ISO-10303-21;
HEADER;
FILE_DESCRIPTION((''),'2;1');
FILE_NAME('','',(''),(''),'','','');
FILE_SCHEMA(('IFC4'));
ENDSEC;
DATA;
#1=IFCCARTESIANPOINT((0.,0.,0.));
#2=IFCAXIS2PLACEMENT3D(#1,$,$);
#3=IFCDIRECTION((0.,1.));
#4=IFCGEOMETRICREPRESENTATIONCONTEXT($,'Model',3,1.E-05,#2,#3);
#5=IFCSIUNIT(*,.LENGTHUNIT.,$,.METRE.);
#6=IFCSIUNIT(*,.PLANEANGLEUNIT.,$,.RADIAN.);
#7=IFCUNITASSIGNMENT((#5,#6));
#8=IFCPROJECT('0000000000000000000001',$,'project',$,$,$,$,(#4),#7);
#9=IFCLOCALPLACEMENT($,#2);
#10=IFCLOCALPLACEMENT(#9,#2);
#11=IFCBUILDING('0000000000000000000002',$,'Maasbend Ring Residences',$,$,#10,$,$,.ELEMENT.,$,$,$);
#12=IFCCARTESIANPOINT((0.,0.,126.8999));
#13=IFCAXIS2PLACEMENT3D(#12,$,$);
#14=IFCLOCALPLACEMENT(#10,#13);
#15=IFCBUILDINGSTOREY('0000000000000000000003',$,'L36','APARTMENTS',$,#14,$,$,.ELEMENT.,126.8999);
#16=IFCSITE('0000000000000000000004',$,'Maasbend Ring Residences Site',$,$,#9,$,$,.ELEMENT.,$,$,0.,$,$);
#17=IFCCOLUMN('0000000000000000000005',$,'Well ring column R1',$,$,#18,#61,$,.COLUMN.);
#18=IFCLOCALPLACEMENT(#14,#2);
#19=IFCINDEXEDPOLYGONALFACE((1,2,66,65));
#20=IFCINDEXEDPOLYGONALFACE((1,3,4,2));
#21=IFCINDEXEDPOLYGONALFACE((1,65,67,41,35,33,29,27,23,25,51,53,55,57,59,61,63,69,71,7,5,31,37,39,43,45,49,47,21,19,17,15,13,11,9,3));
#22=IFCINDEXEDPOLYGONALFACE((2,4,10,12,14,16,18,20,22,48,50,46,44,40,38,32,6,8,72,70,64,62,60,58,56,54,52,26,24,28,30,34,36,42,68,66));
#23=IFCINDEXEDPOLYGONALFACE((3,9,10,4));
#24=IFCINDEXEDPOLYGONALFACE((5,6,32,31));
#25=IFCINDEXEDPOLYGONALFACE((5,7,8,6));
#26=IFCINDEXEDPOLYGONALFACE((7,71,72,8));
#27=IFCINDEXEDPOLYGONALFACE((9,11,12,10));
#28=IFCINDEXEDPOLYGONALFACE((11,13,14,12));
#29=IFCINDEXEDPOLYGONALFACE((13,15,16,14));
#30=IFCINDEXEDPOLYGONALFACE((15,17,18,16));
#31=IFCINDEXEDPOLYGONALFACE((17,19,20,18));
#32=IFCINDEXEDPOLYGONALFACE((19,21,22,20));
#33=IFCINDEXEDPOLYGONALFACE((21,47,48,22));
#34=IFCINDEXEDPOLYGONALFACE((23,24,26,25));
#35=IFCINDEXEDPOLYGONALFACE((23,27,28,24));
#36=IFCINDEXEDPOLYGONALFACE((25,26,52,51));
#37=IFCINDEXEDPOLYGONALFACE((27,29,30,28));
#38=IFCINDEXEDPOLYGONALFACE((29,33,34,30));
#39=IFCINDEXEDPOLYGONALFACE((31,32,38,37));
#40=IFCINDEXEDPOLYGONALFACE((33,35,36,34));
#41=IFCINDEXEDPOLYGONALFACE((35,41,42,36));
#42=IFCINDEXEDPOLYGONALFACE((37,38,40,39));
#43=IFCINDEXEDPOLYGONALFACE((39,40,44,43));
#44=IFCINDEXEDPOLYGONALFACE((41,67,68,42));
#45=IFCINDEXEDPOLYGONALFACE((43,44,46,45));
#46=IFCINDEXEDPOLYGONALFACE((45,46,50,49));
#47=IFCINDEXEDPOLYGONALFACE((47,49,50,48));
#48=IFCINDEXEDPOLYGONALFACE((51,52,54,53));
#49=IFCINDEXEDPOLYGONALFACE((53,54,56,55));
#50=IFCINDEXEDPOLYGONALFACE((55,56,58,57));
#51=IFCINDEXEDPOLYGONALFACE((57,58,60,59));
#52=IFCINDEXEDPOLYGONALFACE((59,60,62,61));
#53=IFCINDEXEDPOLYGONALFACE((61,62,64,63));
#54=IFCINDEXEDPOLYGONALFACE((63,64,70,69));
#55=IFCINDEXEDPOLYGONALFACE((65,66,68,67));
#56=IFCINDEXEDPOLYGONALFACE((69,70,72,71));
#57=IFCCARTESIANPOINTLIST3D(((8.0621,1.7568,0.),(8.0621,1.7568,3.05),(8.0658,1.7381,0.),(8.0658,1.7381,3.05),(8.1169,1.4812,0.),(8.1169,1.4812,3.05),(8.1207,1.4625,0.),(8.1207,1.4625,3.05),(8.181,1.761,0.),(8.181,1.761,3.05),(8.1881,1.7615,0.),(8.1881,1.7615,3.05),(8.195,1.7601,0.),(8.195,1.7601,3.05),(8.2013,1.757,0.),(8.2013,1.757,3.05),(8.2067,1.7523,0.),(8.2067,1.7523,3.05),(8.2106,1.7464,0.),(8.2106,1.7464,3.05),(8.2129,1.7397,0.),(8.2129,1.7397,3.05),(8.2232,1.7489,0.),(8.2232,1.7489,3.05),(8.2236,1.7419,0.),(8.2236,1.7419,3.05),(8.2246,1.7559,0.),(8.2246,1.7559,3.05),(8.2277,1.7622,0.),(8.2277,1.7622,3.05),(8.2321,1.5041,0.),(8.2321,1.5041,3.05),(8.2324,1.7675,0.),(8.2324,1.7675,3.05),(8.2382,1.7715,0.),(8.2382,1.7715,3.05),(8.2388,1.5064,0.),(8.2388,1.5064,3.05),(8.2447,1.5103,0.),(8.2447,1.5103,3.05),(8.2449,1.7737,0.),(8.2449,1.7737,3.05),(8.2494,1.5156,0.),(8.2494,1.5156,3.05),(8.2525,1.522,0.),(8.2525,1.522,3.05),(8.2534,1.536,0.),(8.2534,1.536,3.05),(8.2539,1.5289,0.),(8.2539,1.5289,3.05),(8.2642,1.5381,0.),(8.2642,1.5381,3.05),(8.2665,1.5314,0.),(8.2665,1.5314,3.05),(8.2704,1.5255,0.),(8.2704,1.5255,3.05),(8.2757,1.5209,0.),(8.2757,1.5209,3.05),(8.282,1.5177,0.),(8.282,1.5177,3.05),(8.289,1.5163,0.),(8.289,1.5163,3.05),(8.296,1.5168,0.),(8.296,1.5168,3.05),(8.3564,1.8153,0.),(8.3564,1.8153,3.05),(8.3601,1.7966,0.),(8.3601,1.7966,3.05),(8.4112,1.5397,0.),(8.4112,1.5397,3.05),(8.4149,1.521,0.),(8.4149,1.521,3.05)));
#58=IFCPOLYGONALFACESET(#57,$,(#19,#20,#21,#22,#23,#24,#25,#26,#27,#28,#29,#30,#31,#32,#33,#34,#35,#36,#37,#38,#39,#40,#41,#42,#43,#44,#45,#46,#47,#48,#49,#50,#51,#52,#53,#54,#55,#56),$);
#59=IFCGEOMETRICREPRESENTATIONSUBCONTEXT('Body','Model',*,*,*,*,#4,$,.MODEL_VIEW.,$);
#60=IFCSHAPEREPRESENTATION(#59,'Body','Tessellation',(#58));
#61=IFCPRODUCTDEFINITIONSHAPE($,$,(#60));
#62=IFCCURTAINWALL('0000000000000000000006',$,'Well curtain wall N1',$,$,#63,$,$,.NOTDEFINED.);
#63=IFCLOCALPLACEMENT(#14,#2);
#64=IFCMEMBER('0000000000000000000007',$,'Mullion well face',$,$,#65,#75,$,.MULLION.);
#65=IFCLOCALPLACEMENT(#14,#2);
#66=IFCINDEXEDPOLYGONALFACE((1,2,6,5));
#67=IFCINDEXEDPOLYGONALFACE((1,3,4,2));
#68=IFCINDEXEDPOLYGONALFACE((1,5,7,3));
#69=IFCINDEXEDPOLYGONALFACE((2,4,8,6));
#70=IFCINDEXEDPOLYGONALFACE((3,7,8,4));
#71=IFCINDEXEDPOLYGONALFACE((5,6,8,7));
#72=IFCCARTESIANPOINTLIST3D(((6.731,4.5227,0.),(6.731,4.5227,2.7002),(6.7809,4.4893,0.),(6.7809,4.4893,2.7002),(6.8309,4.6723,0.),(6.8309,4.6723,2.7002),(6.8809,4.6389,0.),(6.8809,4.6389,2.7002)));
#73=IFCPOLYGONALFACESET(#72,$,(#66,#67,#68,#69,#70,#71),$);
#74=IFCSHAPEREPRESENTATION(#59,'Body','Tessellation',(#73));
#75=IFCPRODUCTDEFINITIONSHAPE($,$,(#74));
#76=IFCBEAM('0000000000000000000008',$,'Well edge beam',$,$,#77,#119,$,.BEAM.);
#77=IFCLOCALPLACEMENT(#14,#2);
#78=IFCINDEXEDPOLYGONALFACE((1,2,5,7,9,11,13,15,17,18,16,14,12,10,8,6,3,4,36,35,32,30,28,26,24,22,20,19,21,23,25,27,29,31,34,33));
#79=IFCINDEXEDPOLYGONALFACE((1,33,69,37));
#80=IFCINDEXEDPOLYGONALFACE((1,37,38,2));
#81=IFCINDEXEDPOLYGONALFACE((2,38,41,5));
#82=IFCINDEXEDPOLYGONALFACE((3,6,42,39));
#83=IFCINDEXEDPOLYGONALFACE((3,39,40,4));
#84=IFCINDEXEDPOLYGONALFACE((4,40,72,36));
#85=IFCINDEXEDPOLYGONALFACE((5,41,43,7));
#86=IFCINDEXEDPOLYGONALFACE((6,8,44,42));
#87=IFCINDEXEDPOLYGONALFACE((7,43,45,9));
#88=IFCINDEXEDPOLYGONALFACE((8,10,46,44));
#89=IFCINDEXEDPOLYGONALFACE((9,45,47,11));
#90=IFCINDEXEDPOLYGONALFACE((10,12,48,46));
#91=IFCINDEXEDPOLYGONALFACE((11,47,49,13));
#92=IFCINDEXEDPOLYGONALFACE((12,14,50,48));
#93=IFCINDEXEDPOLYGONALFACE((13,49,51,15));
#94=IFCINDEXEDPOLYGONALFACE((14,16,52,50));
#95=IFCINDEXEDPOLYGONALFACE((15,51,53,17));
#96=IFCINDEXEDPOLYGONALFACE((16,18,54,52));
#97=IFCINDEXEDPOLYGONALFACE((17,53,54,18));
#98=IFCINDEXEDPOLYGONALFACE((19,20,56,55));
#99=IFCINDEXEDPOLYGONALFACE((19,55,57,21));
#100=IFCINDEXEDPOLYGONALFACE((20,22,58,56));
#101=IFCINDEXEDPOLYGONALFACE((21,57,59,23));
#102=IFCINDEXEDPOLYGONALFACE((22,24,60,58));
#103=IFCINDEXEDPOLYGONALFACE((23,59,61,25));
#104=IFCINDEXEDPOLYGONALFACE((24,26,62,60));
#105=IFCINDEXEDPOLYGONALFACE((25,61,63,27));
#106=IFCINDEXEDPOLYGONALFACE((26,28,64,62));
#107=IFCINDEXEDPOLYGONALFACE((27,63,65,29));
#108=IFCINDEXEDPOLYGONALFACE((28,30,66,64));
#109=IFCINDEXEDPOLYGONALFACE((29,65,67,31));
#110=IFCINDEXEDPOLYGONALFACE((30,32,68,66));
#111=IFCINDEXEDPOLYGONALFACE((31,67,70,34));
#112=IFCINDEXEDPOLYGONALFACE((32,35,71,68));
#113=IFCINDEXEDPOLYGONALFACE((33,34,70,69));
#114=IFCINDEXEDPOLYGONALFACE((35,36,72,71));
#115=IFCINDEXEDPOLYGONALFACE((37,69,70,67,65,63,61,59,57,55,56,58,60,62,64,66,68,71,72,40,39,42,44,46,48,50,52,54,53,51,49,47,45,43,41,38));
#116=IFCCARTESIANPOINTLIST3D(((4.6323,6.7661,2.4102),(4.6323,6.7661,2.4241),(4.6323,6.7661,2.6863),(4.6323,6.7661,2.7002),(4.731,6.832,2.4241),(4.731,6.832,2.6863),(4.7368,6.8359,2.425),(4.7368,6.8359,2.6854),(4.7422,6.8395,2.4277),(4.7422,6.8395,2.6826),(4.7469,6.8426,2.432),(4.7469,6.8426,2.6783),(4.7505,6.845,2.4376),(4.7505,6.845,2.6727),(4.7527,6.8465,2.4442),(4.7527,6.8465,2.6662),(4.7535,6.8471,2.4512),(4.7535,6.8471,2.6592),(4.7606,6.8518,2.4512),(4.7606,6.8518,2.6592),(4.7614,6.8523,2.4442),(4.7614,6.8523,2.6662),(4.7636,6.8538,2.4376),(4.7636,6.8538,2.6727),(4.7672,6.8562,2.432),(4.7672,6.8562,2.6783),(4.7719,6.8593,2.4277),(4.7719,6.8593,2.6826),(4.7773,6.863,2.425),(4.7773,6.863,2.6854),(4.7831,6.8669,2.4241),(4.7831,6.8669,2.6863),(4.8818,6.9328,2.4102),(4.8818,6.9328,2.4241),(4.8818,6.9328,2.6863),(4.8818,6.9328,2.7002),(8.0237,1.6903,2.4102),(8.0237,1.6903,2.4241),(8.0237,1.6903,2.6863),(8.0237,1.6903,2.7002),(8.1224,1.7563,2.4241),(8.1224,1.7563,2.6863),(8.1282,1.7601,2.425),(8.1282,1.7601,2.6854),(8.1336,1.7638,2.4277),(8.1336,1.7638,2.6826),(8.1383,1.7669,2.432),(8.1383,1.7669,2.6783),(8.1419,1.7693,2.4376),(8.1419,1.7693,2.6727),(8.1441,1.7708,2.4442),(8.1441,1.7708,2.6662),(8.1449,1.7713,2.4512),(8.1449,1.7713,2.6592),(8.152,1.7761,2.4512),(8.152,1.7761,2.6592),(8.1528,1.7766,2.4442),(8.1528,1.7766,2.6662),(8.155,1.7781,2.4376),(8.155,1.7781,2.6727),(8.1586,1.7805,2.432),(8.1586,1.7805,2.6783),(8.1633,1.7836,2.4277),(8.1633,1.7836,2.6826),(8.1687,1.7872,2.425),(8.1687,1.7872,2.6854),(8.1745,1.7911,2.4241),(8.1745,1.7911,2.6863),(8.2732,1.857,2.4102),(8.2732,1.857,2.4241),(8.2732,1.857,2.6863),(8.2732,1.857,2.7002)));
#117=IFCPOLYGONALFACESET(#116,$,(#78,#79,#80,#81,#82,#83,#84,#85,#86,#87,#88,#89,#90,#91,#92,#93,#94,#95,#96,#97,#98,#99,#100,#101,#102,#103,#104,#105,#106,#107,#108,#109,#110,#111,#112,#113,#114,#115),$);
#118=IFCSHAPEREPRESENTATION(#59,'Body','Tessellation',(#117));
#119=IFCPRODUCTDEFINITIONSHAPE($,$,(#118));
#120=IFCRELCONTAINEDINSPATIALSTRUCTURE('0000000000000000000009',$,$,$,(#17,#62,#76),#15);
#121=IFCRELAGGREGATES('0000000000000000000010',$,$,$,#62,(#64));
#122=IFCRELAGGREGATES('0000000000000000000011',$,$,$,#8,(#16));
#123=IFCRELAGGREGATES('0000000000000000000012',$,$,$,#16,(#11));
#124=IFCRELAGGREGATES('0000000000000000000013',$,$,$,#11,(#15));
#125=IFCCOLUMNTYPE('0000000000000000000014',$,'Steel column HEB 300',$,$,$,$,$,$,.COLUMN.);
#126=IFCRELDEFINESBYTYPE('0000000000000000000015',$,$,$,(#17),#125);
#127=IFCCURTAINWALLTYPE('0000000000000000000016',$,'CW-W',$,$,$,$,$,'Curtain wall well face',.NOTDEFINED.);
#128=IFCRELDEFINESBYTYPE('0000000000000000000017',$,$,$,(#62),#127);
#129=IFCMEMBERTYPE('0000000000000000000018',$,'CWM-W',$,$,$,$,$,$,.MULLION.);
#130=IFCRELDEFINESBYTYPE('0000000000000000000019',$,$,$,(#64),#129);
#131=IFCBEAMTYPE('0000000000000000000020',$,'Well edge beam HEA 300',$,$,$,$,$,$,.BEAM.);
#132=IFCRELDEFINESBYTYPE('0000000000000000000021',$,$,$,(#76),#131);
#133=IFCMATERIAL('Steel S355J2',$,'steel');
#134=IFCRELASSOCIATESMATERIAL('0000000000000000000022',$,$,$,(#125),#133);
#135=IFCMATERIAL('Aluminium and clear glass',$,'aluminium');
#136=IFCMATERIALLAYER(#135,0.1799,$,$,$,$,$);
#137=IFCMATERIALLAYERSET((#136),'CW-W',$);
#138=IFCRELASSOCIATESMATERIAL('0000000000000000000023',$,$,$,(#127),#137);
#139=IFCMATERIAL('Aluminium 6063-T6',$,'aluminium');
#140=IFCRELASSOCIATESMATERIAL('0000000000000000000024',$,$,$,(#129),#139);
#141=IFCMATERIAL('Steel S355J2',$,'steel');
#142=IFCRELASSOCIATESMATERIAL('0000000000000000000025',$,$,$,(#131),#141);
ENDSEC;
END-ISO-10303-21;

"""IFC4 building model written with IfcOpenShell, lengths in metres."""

from ifc_helpers import new_model, si_unit, direction, frame, origin, origin_2d, place, context, subcontext, project, spatial, rectangle, i_section, extrude, material, layer, layer_set, material_profile, profile_set, type_object, element, aggregate, save


model = new_model("IFC4")

# Units and contexts
model_context = context("Model", 3, precision=1e-05, world=origin(), true_north=direction((0.0, 1.0)))
body_context = subcontext(model_context, "Body", "Model", "MODEL_VIEW")
ifc_project = project(units=[si_unit("LENGTHUNIT", "METRE"), si_unit("PLANEANGLEUNIT", "RADIAN")], contexts=[model_context])

# Site, building, storey
site_placement = place(None, origin())
site = spatial("IfcSite", under=ifc_project, at=site_placement, Name="Maasbend Ring Residences Site", CompositionType="ELEMENT", RefElevation=0.0)
building_placement = place(site_placement, origin())
building = spatial("IfcBuilding", under=site, at=building_placement, Name="Maasbend Ring Residences", CompositionType="ELEMENT")
storey_placement = place(building_placement, frame((0.0, 0.0, 126.8999)))
storey = spatial("IfcBuildingStorey", under=building, at=storey_placement, Name="L36", Description="APARTMENTS", CompositionType="ELEMENT", Elevation=126.8999)

# Column
ifc_material_1 = material(Name="Steel S355J2", Category="steel")
ifc_material_profile_1 = material_profile(ifc_material_1, i_section(OverallWidth=0.3, OverallDepth=0.3, WebThickness=0.011, FlangeThickness=0.019, FilletRadius=0.0271, at=origin_2d()), Name="HEB 300")
ifc_profile_set_1 = profile_set([ifc_material_profile_1], Name="Steel S355J2")
column_type = type_object("IfcColumnType", Name="Steel column HEB 300", PredefinedType="COLUMN", material=ifc_profile_set_1)
column_placement = place(storey_placement, frame((8.2385, 1.6389, 0.0), z_axis=(0.0, 0.0, 1.0), x_axis=(0.980785, 0.19509, 0.0)))
element("IfcColumn", 1, at=column_placement, inside=storey, type_object=column_type, Name="Well ring column R1", PredefinedType="COLUMN", context=body_context, shape_type="SweptSolid", body=[
    extrude(i_section(OverallWidth=0.3, OverallDepth=0.3, WebThickness=0.011, FlangeThickness=0.019, FilletRadius=0.0271, at=origin_2d()), origin(), (0.0, 0.0, 1.0), 3.05),
])

# Curtain wall, member
ifc_material_2 = material(Name="Aluminium and clear glass", Category="aluminium")
ifc_layer_1 = layer(ifc_material_2, 0.1799)
ifc_layer_set_1 = layer_set([ifc_layer_1], Name="CW-W")
curtain_wall_type = type_object("IfcCurtainWallType", Name="CW-W", ElementType="Curtain wall well face", PredefinedType="NOTDEFINED", material=ifc_layer_set_1)
curtain_wall_placement = place(storey_placement, origin())
curtain_wall = element("IfcCurtainWall", 2, at=curtain_wall_placement, inside=storey, type_object=curtain_wall_type, Name="Well curtain wall N1", PredefinedType="NOTDEFINED")
ifc_material_3 = material(Name="Aluminium 6063-T6", Category="aluminium")
ifc_material_profile_2 = material_profile(ifc_material_3, rectangle(XDim=0.1799, YDim=0.0601, at=origin_2d()), Name="AL 180x60")
ifc_profile_set_2 = profile_set([ifc_material_profile_2], Name="Aluminium 6063-T6")
member_type = type_object("IfcMemberType", Name="CWM-W", PredefinedType="MULLION", material=ifc_profile_set_2)
member_placement = place(storey_placement, frame((6.8059, 4.5808, 0.0), z_axis=(0.0, 0.0, 1.0), x_axis=(-0.55557, -0.83147, 0.0)))
member = element("IfcMember", 3, at=member_placement, type_object=member_type, Name="Mullion well face", PredefinedType="MULLION", context=body_context, shape_type="SweptSolid", body=[
    extrude(rectangle(XDim=0.1799, YDim=0.0601, at=origin_2d()), origin(), (0.0, 0.0, 1.0), 2.7002),
])
aggregate(curtain_wall, [member])

# Beam
ifc_material_4 = material(Name="Steel S355J2", Category="steel")
ifc_material_profile_3 = material_profile(ifc_material_4, i_section(OverallWidth=0.3, OverallDepth=0.29, WebThickness=0.0085, FlangeThickness=0.0139, FilletRadius=0.0271, at=origin_2d()), Name="HEA 300")
ifc_profile_set_3 = profile_set([ifc_material_profile_3], Name="Steel S355J2")
beam_type = type_object("IfcBeamType", Name="Well edge beam HEA 300", PredefinedType="BEAM", material=ifc_profile_set_3)
beam_placement = place(storey_placement, frame((8.1484, 1.7737, 2.5552), z_axis=(-0.555558, 0.831478, 0.0), x_axis=(-0.831478, -0.555558, 0.0)))
element("IfcBeam", 4, at=beam_placement, inside=storey, type_object=beam_type, Name="Well edge beam", PredefinedType="BEAM", context=body_context, shape_type="SweptSolid", body=[
    extrude(i_section(OverallWidth=0.3, OverallDepth=0.29, WebThickness=0.0085, FlangeThickness=0.0139, FilletRadius=0.0271, at=origin_2d()), origin(), (0.0, 0.0, 1.0), 6.1045),
])

save(model, "model.ifc")
